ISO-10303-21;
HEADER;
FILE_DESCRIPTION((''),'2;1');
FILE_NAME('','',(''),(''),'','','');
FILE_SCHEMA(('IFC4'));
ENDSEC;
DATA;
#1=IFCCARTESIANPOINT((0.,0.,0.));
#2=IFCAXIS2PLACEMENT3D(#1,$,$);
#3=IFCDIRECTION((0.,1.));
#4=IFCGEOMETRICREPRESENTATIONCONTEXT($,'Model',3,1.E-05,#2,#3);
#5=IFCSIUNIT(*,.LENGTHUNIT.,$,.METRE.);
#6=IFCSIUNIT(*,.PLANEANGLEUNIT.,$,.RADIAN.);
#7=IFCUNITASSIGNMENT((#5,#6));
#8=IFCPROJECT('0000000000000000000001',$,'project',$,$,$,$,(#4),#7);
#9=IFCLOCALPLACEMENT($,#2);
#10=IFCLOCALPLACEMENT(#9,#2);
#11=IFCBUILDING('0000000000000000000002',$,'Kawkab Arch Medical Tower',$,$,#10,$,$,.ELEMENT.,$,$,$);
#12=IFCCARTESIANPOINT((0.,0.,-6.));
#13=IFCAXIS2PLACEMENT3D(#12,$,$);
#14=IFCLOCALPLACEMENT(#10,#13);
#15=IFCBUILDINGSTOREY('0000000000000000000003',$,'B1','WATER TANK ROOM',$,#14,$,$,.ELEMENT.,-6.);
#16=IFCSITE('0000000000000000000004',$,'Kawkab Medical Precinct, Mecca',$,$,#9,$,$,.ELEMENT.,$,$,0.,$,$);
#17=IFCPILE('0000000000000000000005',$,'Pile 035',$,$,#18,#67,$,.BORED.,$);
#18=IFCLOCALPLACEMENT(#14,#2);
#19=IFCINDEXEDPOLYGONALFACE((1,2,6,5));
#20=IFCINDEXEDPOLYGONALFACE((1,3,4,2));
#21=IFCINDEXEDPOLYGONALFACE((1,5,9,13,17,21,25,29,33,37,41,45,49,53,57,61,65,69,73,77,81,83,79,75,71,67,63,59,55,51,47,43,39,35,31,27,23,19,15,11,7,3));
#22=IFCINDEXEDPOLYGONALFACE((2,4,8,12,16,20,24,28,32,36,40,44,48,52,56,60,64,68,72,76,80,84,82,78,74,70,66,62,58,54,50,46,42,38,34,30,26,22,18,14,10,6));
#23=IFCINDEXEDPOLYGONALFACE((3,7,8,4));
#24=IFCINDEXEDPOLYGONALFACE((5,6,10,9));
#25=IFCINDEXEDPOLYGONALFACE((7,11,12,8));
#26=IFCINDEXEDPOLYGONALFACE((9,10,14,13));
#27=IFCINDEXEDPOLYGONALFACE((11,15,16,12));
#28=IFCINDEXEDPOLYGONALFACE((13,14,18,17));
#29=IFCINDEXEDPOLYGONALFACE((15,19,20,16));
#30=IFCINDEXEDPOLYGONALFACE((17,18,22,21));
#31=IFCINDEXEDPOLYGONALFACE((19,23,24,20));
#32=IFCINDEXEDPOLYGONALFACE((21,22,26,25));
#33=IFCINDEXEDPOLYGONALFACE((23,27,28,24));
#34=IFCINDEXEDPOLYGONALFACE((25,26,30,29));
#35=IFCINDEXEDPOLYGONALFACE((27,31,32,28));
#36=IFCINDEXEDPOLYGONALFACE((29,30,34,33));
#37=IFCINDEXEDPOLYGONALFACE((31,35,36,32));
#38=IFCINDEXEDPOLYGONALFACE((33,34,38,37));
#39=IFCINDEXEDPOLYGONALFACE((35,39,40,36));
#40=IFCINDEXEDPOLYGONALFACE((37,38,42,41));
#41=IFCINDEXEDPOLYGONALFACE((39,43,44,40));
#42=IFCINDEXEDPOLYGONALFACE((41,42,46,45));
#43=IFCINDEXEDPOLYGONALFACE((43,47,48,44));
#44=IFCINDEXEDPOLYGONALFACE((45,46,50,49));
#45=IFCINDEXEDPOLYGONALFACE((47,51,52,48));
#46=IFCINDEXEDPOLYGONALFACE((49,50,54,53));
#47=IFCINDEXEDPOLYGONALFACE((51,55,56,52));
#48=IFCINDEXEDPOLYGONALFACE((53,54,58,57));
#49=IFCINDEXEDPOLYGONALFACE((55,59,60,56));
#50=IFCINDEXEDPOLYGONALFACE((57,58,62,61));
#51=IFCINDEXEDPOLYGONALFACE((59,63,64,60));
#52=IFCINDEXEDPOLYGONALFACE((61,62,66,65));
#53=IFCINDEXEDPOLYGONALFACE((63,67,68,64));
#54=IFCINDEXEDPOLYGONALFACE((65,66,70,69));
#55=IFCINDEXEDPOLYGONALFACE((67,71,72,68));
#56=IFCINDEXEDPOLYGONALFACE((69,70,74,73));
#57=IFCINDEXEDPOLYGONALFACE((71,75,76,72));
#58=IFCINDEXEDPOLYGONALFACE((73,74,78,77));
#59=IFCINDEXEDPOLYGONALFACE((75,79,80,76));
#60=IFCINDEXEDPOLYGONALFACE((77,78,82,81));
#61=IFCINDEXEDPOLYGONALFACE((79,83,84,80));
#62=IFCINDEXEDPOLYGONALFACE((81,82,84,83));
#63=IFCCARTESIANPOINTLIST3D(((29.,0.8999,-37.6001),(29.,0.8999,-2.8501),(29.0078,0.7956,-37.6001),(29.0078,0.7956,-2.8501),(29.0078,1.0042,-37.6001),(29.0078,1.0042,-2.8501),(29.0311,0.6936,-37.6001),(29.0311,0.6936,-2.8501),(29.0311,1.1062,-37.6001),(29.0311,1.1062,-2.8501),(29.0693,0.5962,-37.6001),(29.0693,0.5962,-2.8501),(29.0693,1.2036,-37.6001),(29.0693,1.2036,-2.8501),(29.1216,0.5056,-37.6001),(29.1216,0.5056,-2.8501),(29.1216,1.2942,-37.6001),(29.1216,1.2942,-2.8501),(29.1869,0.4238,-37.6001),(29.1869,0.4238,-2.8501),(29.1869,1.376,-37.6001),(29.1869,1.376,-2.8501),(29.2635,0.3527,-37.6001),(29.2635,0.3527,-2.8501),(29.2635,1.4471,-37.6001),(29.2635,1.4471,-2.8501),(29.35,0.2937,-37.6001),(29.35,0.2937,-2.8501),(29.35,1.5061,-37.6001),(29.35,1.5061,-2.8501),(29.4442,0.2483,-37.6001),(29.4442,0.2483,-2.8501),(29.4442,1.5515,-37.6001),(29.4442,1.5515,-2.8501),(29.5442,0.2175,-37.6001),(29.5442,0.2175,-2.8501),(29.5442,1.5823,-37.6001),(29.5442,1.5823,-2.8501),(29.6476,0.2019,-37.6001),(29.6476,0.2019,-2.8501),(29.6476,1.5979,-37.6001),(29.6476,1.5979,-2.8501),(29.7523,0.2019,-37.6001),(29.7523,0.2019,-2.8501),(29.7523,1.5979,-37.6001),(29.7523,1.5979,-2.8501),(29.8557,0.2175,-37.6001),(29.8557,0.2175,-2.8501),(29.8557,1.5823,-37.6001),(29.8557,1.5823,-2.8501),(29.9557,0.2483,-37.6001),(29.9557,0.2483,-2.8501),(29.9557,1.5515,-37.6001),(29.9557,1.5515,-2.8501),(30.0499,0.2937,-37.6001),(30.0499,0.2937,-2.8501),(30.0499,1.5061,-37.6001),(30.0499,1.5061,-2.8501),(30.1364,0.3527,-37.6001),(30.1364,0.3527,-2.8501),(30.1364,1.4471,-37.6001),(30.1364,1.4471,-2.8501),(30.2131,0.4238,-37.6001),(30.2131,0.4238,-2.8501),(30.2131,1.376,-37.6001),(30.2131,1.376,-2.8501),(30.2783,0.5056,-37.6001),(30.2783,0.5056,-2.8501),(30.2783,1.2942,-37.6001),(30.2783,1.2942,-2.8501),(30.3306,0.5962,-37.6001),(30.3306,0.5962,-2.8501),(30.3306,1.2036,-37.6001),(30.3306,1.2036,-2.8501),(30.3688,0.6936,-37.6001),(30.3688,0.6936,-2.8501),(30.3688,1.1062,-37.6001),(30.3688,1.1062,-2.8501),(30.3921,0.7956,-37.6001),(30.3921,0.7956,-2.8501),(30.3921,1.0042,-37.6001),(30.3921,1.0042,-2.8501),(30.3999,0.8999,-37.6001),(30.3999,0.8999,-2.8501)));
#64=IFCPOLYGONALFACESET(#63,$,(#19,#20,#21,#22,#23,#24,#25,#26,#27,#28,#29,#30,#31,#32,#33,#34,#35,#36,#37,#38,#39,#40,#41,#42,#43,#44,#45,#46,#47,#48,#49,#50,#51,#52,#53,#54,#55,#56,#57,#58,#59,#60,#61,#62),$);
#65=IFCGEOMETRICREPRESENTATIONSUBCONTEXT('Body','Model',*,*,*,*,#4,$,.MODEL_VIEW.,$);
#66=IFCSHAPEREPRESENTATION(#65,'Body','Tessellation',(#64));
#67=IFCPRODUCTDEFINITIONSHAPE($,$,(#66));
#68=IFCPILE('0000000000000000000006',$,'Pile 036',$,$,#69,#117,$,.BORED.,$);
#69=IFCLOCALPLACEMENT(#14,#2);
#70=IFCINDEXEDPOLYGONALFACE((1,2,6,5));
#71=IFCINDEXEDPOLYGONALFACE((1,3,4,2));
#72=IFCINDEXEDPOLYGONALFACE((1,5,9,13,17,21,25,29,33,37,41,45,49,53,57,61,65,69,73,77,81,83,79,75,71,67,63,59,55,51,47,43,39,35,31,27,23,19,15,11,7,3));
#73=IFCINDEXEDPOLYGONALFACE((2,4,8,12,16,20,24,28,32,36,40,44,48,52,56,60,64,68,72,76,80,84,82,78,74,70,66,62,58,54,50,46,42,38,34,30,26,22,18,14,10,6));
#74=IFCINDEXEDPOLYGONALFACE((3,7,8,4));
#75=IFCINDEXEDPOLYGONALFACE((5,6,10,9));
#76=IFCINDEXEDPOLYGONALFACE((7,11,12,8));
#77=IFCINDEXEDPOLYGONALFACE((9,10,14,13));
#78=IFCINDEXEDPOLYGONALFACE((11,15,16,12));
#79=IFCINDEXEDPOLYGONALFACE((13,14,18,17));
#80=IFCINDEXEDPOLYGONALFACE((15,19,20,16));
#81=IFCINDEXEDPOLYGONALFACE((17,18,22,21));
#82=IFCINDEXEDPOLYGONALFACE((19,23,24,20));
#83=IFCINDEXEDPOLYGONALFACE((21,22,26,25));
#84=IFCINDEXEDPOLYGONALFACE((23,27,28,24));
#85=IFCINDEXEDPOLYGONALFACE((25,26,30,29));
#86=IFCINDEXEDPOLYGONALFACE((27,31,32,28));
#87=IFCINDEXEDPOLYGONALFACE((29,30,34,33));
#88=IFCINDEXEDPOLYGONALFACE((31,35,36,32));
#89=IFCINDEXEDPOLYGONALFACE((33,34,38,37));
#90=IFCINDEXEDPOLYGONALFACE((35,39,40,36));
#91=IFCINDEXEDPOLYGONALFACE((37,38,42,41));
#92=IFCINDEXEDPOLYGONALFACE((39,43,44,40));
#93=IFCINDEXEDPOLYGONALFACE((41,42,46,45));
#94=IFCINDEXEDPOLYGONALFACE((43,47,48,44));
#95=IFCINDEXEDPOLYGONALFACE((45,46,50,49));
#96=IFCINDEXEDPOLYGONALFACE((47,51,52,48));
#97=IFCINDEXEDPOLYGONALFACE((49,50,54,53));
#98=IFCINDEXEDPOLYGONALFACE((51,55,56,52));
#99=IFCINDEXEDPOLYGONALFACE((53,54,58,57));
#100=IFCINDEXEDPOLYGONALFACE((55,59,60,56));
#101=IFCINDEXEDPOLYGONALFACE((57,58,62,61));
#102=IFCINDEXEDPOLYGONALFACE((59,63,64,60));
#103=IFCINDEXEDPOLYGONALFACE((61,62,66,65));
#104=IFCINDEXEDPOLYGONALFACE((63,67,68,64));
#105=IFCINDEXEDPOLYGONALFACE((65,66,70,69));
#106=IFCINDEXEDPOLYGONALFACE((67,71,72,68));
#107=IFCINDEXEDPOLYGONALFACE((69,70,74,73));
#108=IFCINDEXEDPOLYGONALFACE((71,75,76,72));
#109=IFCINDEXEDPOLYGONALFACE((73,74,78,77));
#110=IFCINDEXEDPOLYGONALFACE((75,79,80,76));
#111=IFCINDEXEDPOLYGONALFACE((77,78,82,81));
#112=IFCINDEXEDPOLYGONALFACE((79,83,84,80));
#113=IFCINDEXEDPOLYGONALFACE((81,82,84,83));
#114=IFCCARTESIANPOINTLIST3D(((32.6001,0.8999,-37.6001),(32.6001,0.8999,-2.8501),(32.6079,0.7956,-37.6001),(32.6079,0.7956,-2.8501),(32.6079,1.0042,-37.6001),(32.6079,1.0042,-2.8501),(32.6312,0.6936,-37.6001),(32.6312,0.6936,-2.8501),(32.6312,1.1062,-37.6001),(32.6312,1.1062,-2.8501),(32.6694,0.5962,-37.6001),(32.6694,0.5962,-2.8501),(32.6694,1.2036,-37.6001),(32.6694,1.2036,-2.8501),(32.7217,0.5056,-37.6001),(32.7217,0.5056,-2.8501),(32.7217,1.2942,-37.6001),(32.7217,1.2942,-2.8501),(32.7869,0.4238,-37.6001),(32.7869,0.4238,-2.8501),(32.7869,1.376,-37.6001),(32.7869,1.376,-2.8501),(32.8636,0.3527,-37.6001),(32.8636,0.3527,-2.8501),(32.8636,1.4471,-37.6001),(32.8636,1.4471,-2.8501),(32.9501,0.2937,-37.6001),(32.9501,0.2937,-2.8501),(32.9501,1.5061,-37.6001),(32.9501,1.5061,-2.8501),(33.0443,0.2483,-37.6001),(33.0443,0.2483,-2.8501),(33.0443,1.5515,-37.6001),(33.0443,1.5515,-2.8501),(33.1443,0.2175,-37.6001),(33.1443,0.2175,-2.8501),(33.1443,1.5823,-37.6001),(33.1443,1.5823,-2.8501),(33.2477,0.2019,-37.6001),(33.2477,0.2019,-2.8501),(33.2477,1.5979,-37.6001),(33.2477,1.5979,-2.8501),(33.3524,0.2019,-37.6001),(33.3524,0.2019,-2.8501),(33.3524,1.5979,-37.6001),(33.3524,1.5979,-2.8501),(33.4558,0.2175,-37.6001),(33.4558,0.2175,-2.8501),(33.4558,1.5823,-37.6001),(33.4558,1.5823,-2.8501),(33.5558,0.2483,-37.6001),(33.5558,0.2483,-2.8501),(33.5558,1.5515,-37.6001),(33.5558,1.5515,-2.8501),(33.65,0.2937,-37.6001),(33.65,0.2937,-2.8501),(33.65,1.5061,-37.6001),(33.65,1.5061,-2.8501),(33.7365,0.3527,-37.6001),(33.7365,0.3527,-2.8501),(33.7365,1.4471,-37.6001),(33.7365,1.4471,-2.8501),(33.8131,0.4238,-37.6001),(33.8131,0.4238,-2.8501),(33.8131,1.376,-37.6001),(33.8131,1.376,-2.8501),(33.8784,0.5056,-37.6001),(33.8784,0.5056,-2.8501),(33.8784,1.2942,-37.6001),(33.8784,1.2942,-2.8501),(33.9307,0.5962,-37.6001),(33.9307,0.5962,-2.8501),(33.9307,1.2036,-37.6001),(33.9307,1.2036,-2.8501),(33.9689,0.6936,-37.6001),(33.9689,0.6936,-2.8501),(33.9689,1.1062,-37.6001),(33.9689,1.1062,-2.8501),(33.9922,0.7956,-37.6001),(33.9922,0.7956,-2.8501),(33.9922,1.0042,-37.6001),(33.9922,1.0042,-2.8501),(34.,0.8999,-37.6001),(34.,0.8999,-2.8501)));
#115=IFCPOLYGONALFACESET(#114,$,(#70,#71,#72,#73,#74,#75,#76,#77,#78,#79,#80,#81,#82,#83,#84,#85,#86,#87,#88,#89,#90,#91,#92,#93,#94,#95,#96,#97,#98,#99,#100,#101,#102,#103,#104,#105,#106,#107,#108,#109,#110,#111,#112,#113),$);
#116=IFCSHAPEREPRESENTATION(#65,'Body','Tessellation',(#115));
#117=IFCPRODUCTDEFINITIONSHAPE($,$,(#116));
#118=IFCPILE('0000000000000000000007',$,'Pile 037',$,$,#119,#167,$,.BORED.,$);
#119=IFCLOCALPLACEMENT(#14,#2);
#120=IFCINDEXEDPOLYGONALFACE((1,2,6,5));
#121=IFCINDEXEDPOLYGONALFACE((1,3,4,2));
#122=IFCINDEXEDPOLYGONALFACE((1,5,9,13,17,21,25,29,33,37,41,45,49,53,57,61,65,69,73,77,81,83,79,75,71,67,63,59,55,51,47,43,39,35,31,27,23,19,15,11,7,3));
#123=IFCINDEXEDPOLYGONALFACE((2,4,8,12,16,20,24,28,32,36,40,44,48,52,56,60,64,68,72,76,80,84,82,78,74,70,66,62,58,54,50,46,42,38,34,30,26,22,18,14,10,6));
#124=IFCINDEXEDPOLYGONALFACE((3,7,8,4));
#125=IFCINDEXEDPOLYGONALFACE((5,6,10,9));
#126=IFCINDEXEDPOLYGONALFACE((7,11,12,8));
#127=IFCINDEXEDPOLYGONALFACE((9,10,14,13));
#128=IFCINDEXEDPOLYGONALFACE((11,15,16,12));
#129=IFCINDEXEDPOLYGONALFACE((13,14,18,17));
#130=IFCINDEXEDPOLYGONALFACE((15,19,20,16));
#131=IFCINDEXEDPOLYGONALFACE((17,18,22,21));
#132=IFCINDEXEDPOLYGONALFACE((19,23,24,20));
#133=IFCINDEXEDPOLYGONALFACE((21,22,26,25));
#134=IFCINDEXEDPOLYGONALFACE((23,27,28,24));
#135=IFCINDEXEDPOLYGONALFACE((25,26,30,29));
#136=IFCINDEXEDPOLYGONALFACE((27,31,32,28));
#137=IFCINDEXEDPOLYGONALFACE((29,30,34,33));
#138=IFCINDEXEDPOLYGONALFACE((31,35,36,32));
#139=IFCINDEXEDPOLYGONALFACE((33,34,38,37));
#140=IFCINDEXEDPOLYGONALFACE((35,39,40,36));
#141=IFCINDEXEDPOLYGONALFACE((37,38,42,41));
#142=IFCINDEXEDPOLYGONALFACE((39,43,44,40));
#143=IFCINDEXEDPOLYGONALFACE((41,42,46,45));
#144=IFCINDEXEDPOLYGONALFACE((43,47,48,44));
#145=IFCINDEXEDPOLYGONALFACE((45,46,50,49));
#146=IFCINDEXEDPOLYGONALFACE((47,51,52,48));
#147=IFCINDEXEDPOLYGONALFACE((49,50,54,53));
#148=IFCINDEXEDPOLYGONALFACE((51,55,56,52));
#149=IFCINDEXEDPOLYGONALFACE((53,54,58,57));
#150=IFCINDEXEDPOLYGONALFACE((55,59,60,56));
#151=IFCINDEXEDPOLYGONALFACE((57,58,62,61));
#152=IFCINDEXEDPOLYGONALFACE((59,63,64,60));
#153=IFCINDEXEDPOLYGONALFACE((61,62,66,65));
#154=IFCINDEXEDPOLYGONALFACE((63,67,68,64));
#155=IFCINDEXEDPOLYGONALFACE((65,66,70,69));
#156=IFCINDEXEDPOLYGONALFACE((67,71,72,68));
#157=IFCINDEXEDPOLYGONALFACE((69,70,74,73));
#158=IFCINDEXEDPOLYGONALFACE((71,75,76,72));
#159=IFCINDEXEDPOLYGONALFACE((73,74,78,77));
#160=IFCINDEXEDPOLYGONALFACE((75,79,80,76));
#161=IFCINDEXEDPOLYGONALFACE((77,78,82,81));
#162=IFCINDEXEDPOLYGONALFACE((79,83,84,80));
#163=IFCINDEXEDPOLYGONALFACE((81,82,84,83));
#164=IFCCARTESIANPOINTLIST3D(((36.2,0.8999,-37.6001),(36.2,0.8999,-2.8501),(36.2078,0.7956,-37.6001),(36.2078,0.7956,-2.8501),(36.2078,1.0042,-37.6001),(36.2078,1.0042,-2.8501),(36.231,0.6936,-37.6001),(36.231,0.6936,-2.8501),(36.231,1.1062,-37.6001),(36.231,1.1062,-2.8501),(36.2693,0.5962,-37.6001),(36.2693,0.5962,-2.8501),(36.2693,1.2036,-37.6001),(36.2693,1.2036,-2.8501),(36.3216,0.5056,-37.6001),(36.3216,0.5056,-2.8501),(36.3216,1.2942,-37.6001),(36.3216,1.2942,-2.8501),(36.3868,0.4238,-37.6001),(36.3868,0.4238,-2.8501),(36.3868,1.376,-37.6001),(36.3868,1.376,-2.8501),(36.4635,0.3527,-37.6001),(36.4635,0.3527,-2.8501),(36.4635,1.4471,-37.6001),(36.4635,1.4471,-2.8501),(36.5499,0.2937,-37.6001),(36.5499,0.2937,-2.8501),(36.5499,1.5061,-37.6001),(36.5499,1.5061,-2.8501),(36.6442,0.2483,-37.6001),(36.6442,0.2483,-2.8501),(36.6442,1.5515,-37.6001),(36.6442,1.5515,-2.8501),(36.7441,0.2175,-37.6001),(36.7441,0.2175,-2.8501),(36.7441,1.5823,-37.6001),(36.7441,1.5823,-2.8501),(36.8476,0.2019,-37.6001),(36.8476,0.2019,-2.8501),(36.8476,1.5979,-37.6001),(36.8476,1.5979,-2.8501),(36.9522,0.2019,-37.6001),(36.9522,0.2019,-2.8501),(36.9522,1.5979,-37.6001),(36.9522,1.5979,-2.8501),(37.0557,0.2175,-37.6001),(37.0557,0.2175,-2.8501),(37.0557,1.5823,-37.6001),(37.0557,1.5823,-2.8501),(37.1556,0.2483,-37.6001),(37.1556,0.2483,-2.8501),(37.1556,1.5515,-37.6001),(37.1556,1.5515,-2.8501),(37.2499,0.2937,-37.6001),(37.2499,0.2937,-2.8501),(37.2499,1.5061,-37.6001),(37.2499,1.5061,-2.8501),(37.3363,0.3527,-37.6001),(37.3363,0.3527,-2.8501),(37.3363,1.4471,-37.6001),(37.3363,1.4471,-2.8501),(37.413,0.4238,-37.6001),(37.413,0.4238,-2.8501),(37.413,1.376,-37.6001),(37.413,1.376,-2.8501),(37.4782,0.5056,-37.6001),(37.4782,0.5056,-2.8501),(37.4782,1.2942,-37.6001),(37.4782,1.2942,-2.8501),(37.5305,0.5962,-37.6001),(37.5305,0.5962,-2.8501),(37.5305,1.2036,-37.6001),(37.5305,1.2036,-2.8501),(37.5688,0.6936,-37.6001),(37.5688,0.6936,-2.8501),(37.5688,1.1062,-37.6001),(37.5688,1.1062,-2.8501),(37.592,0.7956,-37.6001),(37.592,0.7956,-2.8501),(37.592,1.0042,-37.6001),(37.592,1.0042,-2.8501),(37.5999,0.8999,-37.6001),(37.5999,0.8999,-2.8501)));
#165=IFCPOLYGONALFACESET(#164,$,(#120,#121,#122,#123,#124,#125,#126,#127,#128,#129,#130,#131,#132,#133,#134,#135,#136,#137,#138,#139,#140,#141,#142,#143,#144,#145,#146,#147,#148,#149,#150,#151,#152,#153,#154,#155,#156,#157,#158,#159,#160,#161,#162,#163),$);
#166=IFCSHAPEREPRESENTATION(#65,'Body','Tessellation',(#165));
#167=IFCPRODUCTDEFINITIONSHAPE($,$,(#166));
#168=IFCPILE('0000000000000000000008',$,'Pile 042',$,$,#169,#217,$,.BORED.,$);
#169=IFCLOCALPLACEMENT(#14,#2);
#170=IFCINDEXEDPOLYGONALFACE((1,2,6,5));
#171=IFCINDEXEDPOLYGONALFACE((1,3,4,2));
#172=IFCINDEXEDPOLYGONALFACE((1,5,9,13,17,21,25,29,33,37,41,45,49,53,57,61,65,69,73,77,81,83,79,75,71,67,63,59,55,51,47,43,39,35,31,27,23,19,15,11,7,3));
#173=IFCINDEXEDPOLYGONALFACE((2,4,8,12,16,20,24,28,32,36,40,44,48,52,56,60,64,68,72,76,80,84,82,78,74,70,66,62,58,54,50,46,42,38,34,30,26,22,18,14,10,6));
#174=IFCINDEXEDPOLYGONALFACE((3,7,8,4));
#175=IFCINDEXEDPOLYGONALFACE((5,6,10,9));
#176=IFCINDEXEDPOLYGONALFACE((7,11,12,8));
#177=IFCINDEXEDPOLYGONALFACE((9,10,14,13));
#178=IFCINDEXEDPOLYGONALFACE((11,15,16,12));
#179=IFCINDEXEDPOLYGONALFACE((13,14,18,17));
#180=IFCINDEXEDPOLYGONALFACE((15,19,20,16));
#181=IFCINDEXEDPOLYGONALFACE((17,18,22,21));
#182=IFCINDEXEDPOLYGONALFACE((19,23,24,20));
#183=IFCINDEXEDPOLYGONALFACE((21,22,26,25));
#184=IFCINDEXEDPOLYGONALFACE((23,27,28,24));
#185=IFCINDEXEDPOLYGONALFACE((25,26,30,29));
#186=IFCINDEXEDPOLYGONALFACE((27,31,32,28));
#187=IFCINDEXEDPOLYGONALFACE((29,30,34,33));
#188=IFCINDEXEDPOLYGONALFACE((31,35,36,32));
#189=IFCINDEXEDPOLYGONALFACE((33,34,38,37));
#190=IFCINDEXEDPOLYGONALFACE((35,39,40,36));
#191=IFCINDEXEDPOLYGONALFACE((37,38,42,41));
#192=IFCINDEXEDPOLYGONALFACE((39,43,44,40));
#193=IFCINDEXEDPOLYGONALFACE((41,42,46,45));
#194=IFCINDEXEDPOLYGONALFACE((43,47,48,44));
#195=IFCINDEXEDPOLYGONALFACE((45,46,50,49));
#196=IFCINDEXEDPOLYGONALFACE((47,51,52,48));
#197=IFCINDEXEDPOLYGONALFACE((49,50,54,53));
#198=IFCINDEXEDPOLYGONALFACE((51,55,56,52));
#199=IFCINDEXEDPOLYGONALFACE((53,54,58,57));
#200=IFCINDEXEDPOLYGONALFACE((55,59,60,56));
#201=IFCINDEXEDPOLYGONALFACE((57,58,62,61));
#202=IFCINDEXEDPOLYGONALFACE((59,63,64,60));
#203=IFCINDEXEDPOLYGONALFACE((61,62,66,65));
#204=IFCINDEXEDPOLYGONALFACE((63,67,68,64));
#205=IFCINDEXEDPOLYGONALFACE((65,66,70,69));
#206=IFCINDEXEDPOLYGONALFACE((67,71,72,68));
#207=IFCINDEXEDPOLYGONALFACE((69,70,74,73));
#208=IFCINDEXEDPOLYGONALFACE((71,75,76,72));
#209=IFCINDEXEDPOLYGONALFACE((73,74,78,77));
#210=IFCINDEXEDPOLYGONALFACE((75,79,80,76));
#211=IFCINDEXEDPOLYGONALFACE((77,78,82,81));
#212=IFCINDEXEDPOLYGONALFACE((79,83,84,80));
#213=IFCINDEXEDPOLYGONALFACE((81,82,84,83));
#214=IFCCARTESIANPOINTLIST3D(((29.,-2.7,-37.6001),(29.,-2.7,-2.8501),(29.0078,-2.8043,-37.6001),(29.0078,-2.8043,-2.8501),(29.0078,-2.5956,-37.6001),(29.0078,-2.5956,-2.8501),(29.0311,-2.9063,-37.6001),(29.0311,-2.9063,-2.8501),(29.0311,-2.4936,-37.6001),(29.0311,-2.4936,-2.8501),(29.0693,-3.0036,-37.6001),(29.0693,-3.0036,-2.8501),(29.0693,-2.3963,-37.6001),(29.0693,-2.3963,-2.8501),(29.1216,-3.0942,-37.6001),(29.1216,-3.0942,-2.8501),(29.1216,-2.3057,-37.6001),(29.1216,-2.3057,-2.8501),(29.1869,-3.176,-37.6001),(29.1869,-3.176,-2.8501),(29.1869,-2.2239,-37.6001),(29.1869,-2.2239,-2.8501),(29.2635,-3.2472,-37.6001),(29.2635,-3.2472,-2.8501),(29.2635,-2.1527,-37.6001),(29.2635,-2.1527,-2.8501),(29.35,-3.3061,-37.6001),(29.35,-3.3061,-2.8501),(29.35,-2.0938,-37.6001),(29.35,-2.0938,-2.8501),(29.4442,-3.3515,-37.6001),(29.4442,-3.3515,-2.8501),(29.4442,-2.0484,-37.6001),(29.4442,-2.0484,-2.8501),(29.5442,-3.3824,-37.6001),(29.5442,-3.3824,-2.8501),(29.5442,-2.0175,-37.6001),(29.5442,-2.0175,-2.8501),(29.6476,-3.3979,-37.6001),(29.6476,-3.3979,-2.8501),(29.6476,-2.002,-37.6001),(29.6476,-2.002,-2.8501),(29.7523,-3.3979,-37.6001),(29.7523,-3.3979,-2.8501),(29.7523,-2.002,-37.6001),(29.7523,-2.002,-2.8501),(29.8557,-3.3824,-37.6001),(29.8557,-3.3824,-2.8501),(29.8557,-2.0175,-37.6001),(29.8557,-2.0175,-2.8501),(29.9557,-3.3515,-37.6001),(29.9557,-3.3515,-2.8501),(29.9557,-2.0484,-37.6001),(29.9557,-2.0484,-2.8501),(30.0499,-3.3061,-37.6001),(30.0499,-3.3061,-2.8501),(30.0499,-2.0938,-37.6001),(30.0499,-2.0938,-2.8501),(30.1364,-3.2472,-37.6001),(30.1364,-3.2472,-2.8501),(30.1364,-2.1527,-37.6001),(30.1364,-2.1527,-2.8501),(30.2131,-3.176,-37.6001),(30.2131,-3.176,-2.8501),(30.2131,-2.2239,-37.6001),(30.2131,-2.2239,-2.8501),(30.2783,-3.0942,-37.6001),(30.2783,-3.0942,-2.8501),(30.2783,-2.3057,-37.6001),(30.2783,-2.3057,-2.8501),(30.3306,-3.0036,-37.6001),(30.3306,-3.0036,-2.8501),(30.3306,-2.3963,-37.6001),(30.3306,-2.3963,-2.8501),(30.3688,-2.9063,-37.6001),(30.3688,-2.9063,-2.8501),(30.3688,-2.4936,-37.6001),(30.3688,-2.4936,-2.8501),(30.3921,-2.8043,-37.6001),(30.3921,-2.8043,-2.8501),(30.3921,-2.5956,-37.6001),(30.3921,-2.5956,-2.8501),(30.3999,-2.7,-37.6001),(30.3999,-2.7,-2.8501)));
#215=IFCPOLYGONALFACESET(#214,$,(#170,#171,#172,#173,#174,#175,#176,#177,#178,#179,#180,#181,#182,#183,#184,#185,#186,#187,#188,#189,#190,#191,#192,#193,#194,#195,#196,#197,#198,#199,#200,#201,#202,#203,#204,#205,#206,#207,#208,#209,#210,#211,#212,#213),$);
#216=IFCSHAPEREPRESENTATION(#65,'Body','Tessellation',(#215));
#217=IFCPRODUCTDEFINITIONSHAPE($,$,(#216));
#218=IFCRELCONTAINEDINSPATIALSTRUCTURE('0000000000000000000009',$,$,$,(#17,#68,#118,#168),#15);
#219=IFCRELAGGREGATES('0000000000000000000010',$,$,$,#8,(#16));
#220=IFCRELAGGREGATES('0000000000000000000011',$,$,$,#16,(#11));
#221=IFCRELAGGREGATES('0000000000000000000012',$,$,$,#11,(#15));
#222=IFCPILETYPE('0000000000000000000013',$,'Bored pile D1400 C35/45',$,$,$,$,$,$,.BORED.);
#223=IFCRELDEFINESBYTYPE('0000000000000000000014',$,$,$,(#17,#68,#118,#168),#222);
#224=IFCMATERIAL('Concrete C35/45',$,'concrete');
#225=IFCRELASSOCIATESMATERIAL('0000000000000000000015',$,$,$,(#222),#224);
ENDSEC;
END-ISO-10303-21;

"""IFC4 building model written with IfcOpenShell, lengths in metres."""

from ifc_helpers import new_model, si_unit, direction, frame, origin, origin_2d, place, context, subcontext, project, spatial, circle, extrude, material, material_profile, profile_set, type_object, element, save


model = new_model("IFC4")

# Units and contexts
model_context = context("Model", 3, precision=1e-05, world=origin(), true_north=direction((0.0, 1.0)))
body_context = subcontext(model_context, "Body", "Model", "MODEL_VIEW")
ifc_project = project(units=[si_unit("LENGTHUNIT", "METRE"), si_unit("PLANEANGLEUNIT", "RADIAN")], contexts=[model_context])

# Site, building, storey
site_placement = place(None, origin())
site = spatial("IfcSite", under=ifc_project, at=site_placement, Name="Kawkab Medical Precinct, Mecca", CompositionType="ELEMENT", RefElevation=0.0)
building_placement = place(site_placement, origin())
building = spatial("IfcBuilding", under=site, at=building_placement, Name="Kawkab Arch Medical Tower", CompositionType="ELEMENT")
storey_placement = place(building_placement, frame((0.0, 0.0, -6.0)))
storey = spatial("IfcBuildingStorey", under=building, at=storey_placement, Name="B1", Description="WATER TANK ROOM", CompositionType="ELEMENT", Elevation=-6.0)

# Piles
ifc_material_1 = material(Name="Concrete C35/45", Category="concrete")
ifc_material_profile_1 = material_profile(ifc_material_1, circle(Radius=0.7, at=origin_2d()), Name="Bored pile D1400")
ifc_profile_set_1 = profile_set([ifc_material_profile_1], Name="Concrete C35/45")
pile_type = type_object("IfcPileType", Name="Bored pile D1400 C35/45", PredefinedType="BORED", material=ifc_profile_set_1)
for number, where, z_axis, x_axis, name in (
    (1, (29.7, 0.8999, -2.8501), (0.0, 0.0, -1.0), (1.0, 0.0, 0.0), "Pile 035"),
    (2, (33.3, 0.8999, -2.8501), (0.0, 0.0, -1.0), (1.0, 0.0, 0.0), "Pile 036"),
    (3, (36.8999, 0.8999, -2.8501), (0.0, 0.0, -1.0), (1.0, 0.0, 0.0), "Pile 037"),
    (4, (29.7, -2.7, -2.8501), (0.0, 0.0, -1.0), (1.0, 0.0, 0.0), "Pile 042"),
):
    element("IfcPile", number, at=place(storey_placement, frame(where, z_axis=z_axis, x_axis=x_axis)), inside=storey, type_object=pile_type, Name=name, PredefinedType="BORED", context=body_context, shape_type="SweptSolid", body=[
        extrude(circle(Radius=0.7, at=origin_2d()), origin(), (0.0, 0.0, 1.0), 34.75),
    ])

save(model, "model.ifc")
